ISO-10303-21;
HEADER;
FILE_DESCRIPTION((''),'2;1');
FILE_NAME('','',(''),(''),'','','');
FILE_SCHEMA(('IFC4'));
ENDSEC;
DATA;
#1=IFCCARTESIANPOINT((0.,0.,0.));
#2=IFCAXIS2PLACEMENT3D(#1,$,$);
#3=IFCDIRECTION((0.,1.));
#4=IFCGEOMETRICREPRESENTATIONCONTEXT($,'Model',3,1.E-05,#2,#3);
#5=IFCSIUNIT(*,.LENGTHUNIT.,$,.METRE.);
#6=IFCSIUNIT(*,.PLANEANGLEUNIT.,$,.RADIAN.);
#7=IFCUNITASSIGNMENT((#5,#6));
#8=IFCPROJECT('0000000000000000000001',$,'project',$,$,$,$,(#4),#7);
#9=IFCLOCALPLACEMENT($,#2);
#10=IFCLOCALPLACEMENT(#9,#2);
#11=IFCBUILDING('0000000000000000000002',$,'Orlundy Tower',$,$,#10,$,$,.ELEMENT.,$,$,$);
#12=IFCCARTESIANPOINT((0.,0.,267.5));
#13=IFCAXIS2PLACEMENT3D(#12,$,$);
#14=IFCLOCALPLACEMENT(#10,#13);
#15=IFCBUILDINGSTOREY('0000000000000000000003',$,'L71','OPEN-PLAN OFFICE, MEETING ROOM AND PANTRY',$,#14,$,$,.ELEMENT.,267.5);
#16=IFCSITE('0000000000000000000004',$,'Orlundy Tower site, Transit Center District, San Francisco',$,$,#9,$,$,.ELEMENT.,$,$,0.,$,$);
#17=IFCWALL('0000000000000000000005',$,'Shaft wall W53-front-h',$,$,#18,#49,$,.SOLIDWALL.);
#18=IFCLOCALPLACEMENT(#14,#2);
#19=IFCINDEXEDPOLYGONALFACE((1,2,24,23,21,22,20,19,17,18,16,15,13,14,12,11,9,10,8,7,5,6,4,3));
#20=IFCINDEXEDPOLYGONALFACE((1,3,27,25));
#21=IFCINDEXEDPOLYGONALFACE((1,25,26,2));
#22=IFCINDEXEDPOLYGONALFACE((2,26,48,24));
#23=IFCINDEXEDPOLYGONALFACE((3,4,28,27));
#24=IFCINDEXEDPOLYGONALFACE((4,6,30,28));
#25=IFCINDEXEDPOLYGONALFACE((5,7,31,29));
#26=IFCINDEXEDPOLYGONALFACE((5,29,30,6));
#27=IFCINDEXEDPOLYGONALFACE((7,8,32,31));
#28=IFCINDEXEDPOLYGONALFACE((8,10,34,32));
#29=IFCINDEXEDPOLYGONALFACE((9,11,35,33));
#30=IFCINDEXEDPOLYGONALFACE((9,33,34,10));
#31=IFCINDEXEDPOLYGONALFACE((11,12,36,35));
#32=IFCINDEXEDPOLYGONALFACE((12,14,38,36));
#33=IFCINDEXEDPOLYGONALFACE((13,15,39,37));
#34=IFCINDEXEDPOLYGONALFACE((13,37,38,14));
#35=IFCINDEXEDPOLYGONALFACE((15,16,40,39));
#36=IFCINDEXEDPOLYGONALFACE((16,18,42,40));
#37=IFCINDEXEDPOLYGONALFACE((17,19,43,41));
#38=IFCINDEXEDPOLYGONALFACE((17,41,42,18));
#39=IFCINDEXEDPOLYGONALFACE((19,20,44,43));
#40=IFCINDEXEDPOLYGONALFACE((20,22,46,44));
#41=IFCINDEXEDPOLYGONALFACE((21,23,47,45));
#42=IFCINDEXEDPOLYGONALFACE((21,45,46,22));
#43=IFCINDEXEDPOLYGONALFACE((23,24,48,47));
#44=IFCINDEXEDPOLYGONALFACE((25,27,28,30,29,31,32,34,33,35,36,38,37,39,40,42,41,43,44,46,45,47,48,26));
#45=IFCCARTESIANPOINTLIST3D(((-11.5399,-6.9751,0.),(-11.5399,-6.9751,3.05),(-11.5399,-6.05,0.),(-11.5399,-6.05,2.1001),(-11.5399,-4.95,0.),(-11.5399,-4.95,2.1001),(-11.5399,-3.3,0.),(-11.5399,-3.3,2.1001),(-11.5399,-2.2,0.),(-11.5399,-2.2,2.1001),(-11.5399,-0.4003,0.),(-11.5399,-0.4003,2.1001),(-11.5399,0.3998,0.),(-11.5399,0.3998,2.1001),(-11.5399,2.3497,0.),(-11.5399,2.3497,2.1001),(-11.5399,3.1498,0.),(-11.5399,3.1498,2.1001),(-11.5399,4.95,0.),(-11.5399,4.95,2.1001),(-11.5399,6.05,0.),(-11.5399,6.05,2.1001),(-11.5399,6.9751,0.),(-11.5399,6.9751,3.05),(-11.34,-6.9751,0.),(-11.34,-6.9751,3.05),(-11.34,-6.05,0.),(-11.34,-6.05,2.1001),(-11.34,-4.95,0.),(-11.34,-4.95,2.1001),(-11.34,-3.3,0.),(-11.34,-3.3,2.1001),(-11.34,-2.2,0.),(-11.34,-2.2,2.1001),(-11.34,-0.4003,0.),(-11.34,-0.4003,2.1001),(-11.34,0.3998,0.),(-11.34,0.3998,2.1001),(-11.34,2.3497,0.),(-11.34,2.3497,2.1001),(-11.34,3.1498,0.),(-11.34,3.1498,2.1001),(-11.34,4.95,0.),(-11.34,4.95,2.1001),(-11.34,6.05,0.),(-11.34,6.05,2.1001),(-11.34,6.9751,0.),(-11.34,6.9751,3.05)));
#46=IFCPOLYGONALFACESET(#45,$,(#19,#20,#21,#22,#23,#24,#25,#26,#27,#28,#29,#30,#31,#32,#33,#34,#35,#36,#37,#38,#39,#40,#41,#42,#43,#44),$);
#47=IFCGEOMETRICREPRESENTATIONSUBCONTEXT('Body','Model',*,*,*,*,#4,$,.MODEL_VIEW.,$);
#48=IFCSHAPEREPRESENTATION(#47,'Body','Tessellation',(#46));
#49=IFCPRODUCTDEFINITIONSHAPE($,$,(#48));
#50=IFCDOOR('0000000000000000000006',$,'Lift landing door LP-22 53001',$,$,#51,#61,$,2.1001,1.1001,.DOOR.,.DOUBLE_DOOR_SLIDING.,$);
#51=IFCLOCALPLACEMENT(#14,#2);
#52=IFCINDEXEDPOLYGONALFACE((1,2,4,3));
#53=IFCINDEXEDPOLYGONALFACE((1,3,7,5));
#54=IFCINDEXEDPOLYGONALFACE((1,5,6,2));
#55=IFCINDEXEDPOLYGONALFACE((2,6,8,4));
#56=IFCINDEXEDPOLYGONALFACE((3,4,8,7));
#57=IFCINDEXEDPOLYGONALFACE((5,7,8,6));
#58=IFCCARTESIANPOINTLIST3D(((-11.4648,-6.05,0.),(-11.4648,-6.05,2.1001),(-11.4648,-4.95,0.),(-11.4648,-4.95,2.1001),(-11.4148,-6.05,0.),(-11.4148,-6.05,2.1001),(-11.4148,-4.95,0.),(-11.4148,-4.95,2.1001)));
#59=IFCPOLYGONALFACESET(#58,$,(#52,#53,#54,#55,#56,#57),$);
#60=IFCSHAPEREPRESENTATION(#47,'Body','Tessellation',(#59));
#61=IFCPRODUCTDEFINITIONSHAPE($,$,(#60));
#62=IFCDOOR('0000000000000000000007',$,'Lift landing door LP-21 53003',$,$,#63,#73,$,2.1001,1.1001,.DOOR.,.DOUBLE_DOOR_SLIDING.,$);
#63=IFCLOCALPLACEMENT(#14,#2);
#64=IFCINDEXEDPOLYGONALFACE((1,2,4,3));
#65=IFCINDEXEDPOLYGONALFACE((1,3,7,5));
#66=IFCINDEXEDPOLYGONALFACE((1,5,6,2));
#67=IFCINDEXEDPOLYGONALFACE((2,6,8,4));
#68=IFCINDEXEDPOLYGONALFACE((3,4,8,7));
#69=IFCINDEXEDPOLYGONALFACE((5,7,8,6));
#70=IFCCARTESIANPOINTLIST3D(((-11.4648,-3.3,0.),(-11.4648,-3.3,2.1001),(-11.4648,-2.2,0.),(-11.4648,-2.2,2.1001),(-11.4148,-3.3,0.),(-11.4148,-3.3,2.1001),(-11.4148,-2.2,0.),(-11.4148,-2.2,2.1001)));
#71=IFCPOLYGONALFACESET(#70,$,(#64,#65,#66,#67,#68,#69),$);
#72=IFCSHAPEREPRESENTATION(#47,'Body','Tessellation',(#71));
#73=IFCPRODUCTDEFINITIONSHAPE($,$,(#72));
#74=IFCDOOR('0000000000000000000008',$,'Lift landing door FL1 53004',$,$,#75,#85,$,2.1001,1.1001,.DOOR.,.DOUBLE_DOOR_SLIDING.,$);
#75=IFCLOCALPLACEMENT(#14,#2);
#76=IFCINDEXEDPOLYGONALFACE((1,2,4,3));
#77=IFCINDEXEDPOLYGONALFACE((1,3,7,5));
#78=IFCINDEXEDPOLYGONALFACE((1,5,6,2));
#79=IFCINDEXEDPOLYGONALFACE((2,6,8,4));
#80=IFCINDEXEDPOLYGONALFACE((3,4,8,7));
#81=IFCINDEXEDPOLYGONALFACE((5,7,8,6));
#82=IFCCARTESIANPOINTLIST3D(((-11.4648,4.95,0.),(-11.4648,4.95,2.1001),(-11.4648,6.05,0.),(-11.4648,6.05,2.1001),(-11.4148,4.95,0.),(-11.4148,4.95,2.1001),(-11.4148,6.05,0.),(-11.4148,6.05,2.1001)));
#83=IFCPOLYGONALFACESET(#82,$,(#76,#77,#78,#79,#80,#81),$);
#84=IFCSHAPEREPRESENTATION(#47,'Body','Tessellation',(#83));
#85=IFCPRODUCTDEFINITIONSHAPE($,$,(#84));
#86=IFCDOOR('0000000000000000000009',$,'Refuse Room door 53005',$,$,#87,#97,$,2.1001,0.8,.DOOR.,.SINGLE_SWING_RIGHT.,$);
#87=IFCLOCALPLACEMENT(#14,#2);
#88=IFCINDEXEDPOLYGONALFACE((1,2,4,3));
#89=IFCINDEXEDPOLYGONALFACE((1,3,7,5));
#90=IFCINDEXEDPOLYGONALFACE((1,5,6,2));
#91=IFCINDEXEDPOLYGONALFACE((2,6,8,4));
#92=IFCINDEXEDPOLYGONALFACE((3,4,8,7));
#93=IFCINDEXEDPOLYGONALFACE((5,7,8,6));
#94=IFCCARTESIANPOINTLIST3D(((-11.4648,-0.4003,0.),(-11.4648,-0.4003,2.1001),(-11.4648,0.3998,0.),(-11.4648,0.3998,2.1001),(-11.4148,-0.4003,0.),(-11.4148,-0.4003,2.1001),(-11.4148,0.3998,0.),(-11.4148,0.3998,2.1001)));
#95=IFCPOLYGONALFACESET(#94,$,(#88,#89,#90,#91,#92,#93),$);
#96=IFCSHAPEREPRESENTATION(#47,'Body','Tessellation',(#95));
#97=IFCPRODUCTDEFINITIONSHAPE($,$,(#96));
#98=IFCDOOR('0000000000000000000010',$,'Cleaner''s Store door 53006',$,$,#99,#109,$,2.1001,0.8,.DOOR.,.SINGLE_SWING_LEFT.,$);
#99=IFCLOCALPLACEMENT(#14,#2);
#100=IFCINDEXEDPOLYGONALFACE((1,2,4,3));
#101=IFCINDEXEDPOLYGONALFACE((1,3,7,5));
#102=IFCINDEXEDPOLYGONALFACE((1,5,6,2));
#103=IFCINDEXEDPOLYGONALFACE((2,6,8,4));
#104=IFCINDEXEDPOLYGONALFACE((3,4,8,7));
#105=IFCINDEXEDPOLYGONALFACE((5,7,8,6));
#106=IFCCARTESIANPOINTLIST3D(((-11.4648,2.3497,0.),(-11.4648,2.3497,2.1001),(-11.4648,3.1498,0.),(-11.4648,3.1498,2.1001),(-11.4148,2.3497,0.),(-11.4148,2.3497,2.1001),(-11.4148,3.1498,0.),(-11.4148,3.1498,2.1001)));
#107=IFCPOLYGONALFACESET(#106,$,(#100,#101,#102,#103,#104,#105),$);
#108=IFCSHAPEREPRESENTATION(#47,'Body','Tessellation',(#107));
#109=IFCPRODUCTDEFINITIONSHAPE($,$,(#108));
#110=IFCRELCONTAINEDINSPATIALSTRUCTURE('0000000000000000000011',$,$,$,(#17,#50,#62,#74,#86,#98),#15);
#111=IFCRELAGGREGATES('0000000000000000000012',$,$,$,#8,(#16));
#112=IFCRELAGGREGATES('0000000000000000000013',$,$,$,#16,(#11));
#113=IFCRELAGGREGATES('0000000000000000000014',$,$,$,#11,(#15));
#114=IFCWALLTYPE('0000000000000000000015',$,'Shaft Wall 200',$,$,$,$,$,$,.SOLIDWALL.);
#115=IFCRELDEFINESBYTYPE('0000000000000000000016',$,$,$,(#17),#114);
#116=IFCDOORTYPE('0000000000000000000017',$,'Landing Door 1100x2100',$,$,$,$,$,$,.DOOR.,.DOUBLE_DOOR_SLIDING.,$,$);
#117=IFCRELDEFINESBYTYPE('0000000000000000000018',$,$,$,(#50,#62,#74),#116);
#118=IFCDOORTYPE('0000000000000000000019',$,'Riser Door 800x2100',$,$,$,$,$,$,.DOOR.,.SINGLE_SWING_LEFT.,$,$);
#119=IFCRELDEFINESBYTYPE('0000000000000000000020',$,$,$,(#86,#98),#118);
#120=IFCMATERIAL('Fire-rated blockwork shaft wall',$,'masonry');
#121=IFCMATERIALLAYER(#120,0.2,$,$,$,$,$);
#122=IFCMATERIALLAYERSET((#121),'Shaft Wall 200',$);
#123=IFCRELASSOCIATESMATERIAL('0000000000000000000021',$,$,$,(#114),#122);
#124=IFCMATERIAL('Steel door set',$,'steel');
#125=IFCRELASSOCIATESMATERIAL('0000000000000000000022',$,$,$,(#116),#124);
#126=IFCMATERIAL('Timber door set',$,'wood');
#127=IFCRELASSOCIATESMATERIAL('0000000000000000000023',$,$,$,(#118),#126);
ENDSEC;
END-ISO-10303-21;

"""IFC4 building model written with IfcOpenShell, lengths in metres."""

from ifc_helpers import new_model, si_unit, direction, frame, frame_2d, origin, place, context, subcontext, project, spatial, rectangle, extrude, material, layer, layer_set, type_object, element, fill, save


model = new_model("IFC4")

# Units and contexts
model_context = context("Model", 3, precision=1e-05, world=origin(), true_north=direction((0.0, 1.0)))
body_context = subcontext(model_context, "Body", "Model", "MODEL_VIEW")
ifc_project = project(units=[si_unit("LENGTHUNIT", "METRE"), si_unit("PLANEANGLEUNIT", "RADIAN")], contexts=[model_context])

# Site, building, storey
site_placement = place(None, origin())
site = spatial("IfcSite", under=ifc_project, at=site_placement, Name="Orlundy Tower site, Transit Center District, San Francisco", CompositionType="ELEMENT", RefElevation=0.0)
building_placement = place(site_placement, origin())
building = spatial("IfcBuilding", under=site, at=building_placement, Name="Orlundy Tower", CompositionType="ELEMENT")
storey_placement = place(building_placement, frame((0.0, 0.0, 267.5)))
storey = spatial("IfcBuildingStorey", under=building, at=storey_placement, Name="L71", Description="OPEN-PLAN OFFICE, MEETING ROOM AND PANTRY", CompositionType="ELEMENT", Elevation=267.5)

# Shared definitions
ifc_material_1 = material(Name="Fire-rated blockwork shaft wall", Category="masonry")
ifc_layer_1 = layer(ifc_material_1, 0.2)
ifc_layer_set_1 = layer_set([ifc_layer_1], Name="Shaft Wall 200")
wall_type_1 = type_object("IfcWallType", Name="Shaft Wall 200", PredefinedType="SOLIDWALL", material=ifc_layer_set_1)

# Wall, openings, doors
wall_1_placement = place(storey_placement, frame((-11.4399, -6.9751, 0.0), z_axis=(0.0, 0.0, 1.0), x_axis=(0.0, 1.0, 0.0)))
wall_1 = element("IfcWall", 1, at=wall_1_placement, inside=storey, type_object=wall_type_1, Name="Shaft wall W53-front-h", PredefinedType="SOLIDWALL", context=body_context, shape_type="SweptSolid", body=[
    extrude(rectangle(XDim=13.9502, YDim=0.2, at=frame_2d((6.9751, 0.0))), origin(), (0.0, 0.0, 1.0), 3.05),
])
opening_1_placement = place(wall_1_placement, frame((0.925, 0.0, 0.0)))
opening_1 = element("IfcOpeningElement", 2, at=opening_1_placement, cuts=wall_1, PredefinedType="OPENING", context=body_context, shape_type="SweptSolid", body=[
    extrude(rectangle(XDim=1.1001, YDim=2.1001, at=frame_2d((0.55, 1.05))), frame((0.0, 0.1101, 0.0), z_axis=(0.0, -1.0, 0.0), x_axis=(1.0, 0.0, 0.0)), (0.0, 0.0, 1.0), 0.2202),
])
opening_2_placement = place(wall_1_placement, frame((3.675, 0.0, 0.0)))
opening_2 = element("IfcOpeningElement", 3, at=opening_2_placement, cuts=wall_1, PredefinedType="OPENING", context=body_context, shape_type="SweptSolid", body=[
    extrude(rectangle(XDim=1.1001, YDim=2.1001, at=frame_2d((0.55, 1.05))), frame((0.0, 0.1101, 0.0), z_axis=(0.0, -1.0, 0.0), x_axis=(1.0, 0.0, 0.0)), (0.0, 0.0, 1.0), 0.2202),
])
opening_3_placement = place(wall_1_placement, frame((11.925, 0.0, 0.0)))
opening_3 = element("IfcOpeningElement", 4, at=opening_3_placement, cuts=wall_1, PredefinedType="OPENING", context=body_context, shape_type="SweptSolid", body=[
    extrude(rectangle(XDim=1.1001, YDim=2.1001, at=frame_2d((0.55, 1.05))), frame((0.0, 0.1101, 0.0), z_axis=(0.0, -1.0, 0.0), x_axis=(1.0, 0.0, 0.0)), (0.0, 0.0, 1.0), 0.2202),
])
opening_4_placement = place(wall_1_placement, frame((6.575, 0.0, 0.0)))
opening_4 = element("IfcOpeningElement", 5, at=opening_4_placement, cuts=wall_1, PredefinedType="OPENING", context=body_context, shape_type="SweptSolid", body=[
    extrude(rectangle(XDim=0.8, YDim=2.1001, at=frame_2d((0.3999, 1.05))), frame((0.0, 0.1101, 0.0), z_axis=(0.0, -1.0, 0.0), x_axis=(1.0, 0.0, 0.0)), (0.0, 0.0, 1.0), 0.2202),
])
opening_5_placement = place(wall_1_placement, frame((9.325, 0.0, 0.0)))
opening_5 = element("IfcOpeningElement", 6, at=opening_5_placement, cuts=wall_1, PredefinedType="OPENING", context=body_context, shape_type="SweptSolid", body=[
    extrude(rectangle(XDim=0.8, YDim=2.1001, at=frame_2d((0.3999, 1.05))), frame((0.0, 0.1101, 0.0), z_axis=(0.0, -1.0, 0.0), x_axis=(1.0, 0.0, 0.0)), (0.0, 0.0, 1.0), 0.2202),
])
ifc_material_2 = material(Name="Steel door set", Category="steel")
door_type_1 = type_object("IfcDoorType", Name="Landing Door 1100x2100", OperationType="DOUBLE_DOOR_SLIDING", PredefinedType="DOOR", material=ifc_material_2)
door_1_placement = place(opening_1_placement, origin())
door_1 = element("IfcDoor", 7, at=door_1_placement, inside=storey, type_object=door_type_1, Name="Lift landing door LP-22 53001", OperationType="DOUBLE_DOOR_SLIDING", OverallHeight=2.1001, OverallWidth=1.1001, PredefinedType="DOOR", context=body_context, shape_type="SweptSolid", body=[
    extrude(rectangle(XDim=1.1001, YDim=2.1001, at=frame_2d((0.55, 1.05))), frame((0.0, 0.0249, 0.0), z_axis=(0.0, -1.0, 0.0), x_axis=(1.0, 0.0, 0.0)), (0.0, 0.0, 1.0), 0.05),
])
fill(opening_1, door_1)
door_2_placement = place(opening_2_placement, origin())
door_2 = element("IfcDoor", 8, at=door_2_placement, inside=storey, type_object=door_type_1, Name="Lift landing door LP-21 53003", OperationType="DOUBLE_DOOR_SLIDING", OverallHeight=2.1001, OverallWidth=1.1001, PredefinedType="DOOR", context=body_context, shape_type="SweptSolid", body=[
    extrude(rectangle(XDim=1.1001, YDim=2.1001, at=frame_2d((0.55, 1.05))), frame((0.0, 0.0249, 0.0), z_axis=(0.0, -1.0, 0.0), x_axis=(1.0, 0.0, 0.0)), (0.0, 0.0, 1.0), 0.05),
])
fill(opening_2, door_2)
door_3_placement = place(opening_3_placement, origin())
door_3 = element("IfcDoor", 9, at=door_3_placement, inside=storey, type_object=door_type_1, Name="Lift landing door FL1 53004", OperationType="DOUBLE_DOOR_SLIDING", OverallHeight=2.1001, OverallWidth=1.1001, PredefinedType="DOOR", context=body_context, shape_type="SweptSolid", body=[
    extrude(rectangle(XDim=1.1001, YDim=2.1001, at=frame_2d((0.55, 1.05))), frame((0.0, 0.0249, 0.0), z_axis=(0.0, -1.0, 0.0), x_axis=(1.0, 0.0, 0.0)), (0.0, 0.0, 1.0), 0.05),
])
fill(opening_3, door_3)
ifc_material_3 = material(Name="Timber door set", Category="wood")
door_type_2 = type_object("IfcDoorType", Name="Riser Door 800x2100", OperationType="SINGLE_SWING_LEFT", PredefinedType="DOOR", material=ifc_material_3)
door_4_placement = place(opening_4_placement, origin())
door_4 = element("IfcDoor", 10, at=door_4_placement, inside=storey, type_object=door_type_2, Name="Refuse Room door 53005", OperationType="SINGLE_SWING_RIGHT", OverallHeight=2.1001, OverallWidth=0.8, PredefinedType="DOOR", context=body_context, shape_type="SweptSolid", body=[
    extrude(rectangle(XDim=0.8, YDim=2.1001, at=frame_2d((0.3999, 1.05))), frame((0.0, 0.0249, 0.0), z_axis=(0.0, -1.0, 0.0), x_axis=(1.0, 0.0, 0.0)), (0.0, 0.0, 1.0), 0.05),
])
fill(opening_4, door_4)
door_5_placement = place(opening_5_placement, origin())
door_5 = element("IfcDoor", 11, at=door_5_placement, inside=storey, type_object=door_type_2, Name="Cleaner's Store door 53006", OperationType="SINGLE_SWING_LEFT", OverallHeight=2.1001, OverallWidth=0.8, PredefinedType="DOOR", context=body_context, shape_type="SweptSolid", body=[
    extrude(rectangle(XDim=0.8, YDim=2.1001, at=frame_2d((0.3999, 1.05))), frame((0.0, 0.0249, 0.0), z_axis=(0.0, -1.0, 0.0), x_axis=(1.0, 0.0, 0.0)), (0.0, 0.0, 1.0), 0.05),
])
fill(opening_5, door_5)

save(model, "model.ifc")
